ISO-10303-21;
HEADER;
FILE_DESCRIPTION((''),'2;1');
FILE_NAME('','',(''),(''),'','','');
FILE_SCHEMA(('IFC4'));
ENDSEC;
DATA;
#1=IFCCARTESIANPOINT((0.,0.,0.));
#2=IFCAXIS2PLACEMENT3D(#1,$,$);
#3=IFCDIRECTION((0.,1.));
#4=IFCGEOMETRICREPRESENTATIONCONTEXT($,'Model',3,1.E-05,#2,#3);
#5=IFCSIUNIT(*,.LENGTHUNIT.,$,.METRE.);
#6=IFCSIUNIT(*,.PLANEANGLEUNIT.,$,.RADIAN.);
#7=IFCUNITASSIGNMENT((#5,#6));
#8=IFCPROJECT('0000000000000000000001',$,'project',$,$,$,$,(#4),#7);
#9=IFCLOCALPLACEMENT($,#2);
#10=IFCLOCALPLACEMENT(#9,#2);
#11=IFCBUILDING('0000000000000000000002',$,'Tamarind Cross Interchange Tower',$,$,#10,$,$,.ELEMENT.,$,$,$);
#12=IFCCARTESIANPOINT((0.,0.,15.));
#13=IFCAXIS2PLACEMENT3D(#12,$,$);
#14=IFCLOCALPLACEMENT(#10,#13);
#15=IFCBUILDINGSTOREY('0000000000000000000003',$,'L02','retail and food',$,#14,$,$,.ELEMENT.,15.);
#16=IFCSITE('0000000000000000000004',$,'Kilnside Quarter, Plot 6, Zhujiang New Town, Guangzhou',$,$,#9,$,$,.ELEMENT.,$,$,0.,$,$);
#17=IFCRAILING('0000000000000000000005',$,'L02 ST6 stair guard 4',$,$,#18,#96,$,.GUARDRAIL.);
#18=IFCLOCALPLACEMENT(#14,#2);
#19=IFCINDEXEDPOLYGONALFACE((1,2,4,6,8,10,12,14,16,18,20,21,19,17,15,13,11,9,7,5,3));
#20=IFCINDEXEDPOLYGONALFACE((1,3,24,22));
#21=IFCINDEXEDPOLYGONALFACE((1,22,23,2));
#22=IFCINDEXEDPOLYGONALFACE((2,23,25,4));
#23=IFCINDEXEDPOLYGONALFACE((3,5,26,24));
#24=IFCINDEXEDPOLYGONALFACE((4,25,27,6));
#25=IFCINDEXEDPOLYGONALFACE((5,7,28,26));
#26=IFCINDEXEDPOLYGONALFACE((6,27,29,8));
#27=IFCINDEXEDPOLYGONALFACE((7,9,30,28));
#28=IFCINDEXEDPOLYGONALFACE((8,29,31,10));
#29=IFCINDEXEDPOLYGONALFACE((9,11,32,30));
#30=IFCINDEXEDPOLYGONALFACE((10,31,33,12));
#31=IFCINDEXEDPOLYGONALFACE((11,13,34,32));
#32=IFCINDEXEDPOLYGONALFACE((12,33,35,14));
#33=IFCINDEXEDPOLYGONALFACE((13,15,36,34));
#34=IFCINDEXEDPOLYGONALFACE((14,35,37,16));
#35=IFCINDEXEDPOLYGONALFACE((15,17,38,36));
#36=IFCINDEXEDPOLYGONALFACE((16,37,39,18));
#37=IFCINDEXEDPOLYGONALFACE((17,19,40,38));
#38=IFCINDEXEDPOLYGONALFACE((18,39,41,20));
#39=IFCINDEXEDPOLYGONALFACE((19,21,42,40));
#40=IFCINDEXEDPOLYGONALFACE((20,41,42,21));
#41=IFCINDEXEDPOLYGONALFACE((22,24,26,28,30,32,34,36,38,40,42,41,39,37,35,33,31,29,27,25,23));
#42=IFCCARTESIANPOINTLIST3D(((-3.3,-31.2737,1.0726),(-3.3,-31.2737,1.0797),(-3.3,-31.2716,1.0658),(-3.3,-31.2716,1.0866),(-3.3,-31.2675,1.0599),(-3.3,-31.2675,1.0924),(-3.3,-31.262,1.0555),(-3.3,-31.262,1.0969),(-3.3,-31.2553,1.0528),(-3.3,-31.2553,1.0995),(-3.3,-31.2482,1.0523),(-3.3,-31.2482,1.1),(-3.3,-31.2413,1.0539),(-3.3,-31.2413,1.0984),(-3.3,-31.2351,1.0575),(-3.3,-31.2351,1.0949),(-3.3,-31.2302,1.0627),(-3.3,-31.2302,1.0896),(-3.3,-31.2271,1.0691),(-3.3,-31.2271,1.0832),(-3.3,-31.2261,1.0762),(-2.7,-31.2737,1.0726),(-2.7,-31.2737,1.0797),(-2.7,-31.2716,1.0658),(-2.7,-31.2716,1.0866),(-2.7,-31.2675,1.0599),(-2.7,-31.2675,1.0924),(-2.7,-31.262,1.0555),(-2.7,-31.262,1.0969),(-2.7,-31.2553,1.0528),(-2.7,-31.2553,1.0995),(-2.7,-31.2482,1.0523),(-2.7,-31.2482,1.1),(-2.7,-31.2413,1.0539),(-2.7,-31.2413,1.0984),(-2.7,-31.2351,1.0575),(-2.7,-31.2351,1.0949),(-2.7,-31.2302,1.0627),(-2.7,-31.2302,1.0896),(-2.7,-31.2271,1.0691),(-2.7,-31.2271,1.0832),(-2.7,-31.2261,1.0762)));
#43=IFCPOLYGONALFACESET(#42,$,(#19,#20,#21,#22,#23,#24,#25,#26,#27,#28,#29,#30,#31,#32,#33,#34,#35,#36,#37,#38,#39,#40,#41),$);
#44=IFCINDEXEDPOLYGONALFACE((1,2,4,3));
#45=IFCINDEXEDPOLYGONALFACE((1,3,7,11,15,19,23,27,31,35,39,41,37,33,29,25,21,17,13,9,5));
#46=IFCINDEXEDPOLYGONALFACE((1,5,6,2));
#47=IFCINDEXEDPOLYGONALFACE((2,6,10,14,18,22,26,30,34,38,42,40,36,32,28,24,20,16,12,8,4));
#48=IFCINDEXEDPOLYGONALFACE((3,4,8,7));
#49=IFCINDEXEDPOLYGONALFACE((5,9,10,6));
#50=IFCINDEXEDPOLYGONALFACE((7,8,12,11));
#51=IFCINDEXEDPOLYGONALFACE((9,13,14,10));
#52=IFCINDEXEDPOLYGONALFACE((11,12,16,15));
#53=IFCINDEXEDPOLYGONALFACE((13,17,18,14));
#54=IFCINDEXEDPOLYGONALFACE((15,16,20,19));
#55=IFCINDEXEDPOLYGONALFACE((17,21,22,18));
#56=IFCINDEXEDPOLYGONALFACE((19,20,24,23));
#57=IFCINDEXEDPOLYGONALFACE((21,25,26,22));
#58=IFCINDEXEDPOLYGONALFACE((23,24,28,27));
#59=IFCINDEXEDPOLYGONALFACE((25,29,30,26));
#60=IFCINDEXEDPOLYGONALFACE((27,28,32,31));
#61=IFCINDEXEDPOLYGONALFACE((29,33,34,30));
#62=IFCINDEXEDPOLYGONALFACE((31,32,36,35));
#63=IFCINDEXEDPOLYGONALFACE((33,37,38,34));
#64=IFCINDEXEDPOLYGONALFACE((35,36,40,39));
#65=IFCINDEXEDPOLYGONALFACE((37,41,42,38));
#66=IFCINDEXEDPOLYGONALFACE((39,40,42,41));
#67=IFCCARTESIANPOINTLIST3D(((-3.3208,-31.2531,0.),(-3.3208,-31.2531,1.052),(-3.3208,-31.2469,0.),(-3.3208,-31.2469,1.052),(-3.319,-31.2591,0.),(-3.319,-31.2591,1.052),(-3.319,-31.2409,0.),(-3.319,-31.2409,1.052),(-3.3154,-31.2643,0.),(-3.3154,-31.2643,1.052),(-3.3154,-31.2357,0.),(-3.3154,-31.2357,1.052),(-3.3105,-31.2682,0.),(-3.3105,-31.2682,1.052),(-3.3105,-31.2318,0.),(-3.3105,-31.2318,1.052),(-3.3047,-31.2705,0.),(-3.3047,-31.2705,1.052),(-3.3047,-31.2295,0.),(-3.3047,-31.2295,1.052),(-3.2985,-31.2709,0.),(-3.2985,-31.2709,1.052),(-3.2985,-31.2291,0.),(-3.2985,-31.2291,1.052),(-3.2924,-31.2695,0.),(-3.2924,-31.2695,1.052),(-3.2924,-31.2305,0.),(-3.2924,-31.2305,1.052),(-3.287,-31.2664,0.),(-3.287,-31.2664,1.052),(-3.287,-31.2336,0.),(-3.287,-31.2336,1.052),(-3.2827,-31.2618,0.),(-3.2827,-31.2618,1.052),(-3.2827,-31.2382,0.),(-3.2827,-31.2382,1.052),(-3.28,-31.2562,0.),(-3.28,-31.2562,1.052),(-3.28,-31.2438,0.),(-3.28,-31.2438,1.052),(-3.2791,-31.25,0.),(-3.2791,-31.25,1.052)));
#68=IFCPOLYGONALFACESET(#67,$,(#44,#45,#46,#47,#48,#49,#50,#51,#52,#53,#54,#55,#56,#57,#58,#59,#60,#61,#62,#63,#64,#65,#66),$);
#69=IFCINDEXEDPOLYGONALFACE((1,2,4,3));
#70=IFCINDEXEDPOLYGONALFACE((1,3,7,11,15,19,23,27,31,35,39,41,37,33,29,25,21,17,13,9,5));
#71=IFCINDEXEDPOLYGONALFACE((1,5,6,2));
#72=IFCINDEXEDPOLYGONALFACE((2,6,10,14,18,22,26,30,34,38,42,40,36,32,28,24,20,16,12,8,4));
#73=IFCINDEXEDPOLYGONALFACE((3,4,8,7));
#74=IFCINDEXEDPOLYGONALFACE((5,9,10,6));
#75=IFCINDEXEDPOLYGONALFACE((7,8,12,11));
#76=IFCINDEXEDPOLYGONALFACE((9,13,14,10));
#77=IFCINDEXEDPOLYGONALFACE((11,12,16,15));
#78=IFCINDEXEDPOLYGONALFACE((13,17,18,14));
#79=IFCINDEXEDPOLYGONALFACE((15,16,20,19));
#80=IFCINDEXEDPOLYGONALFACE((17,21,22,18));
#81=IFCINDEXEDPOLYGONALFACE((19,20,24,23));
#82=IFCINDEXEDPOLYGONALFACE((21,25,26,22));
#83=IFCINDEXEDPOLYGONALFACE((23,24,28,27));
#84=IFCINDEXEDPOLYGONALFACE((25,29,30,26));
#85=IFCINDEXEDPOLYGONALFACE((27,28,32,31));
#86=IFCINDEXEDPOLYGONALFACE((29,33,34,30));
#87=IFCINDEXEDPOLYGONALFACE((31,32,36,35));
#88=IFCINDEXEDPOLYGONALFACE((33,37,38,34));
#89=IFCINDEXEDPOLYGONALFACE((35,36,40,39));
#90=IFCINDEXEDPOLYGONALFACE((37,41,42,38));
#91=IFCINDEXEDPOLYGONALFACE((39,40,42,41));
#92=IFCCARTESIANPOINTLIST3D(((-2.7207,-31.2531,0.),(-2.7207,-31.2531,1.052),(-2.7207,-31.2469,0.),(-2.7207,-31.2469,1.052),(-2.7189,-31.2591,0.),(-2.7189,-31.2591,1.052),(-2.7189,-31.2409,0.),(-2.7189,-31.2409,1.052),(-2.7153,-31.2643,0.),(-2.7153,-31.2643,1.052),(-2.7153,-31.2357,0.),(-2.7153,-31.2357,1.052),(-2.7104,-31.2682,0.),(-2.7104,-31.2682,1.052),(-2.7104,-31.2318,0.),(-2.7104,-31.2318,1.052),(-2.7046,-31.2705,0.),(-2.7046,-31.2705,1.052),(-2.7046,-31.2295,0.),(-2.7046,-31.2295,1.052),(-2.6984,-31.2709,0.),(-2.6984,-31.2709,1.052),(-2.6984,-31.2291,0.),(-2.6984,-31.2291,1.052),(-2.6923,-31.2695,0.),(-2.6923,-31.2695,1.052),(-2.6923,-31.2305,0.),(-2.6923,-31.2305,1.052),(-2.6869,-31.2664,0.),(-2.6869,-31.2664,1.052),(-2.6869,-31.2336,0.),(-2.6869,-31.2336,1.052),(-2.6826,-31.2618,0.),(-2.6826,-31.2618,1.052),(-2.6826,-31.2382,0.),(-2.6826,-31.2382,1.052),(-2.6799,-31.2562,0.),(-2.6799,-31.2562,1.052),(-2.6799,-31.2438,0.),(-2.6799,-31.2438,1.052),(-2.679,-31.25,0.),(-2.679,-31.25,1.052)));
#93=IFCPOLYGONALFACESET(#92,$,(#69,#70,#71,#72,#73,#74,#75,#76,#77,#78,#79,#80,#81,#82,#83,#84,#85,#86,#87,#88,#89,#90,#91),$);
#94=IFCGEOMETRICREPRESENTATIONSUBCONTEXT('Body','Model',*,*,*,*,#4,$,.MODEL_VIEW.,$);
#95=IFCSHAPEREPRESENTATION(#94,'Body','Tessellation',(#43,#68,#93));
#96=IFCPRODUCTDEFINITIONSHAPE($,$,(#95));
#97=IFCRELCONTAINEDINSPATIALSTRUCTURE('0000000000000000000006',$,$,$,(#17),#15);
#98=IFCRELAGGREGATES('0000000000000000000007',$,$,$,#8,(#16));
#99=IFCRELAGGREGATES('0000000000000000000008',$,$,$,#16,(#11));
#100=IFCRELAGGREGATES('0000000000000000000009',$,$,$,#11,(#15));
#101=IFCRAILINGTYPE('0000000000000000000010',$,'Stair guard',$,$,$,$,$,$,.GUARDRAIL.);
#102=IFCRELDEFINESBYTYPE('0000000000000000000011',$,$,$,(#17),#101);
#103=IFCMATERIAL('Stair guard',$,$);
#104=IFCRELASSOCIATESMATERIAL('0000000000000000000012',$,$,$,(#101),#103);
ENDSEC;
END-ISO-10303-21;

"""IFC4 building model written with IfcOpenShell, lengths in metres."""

from ifc_helpers import new_model, si_unit, direction, frame, origin, origin_2d, place, context, subcontext, project, spatial, circle, extrude, material, type_object, element, save


model = new_model("IFC4")

# Units and contexts
model_context = context("Model", 3, precision=1e-05, world=origin(), true_north=direction((0.0, 1.0)))
body_context = subcontext(model_context, "Body", "Model", "MODEL_VIEW")
ifc_project = project(units=[si_unit("LENGTHUNIT", "METRE"), si_unit("PLANEANGLEUNIT", "RADIAN")], contexts=[model_context])

# Site, building, storey
site_placement = place(None, origin())
site = spatial("IfcSite", under=ifc_project, at=site_placement, Name="Kilnside Quarter, Plot 6, Zhujiang New Town, Guangzhou", CompositionType="ELEMENT", RefElevation=0.0)
building_placement = place(site_placement, origin())
building = spatial("IfcBuilding", under=site, at=building_placement, Name="Tamarind Cross Interchange Tower", CompositionType="ELEMENT")
storey_placement = place(building_placement, frame((0.0, 0.0, 15.0)))
storey = spatial("IfcBuildingStorey", under=building, at=storey_placement, Name="L02", Description="retail and food", CompositionType="ELEMENT", Elevation=15.0)

# Railing
ifc_material_1 = material(Name="Stair guard")
railing_type_1 = type_object("IfcRailingType", Name="Stair guard", PredefinedType="GUARDRAIL", material=ifc_material_1)
railing_1_placement = place(storey_placement, frame((-3.3, -31.25, 0.0)))
element("IfcRailing", 1, at=railing_1_placement, inside=storey, type_object=railing_type_1, Name="L02 ST6 stair guard 4", PredefinedType="GUARDRAIL", context=body_context, shape_type="SweptSolid", body=[
    extrude(circle(Radius=0.0239, at=origin_2d()), frame((0.0, 0.0, 1.0762), z_axis=(1.0, 0.0, 0.0), x_axis=(0.0, 1.0, 0.0)), (0.0, 0.0, 1.0), 0.6001),
    extrude(circle(Radius=0.021, at=origin_2d()), origin(), (0.0, 0.0, 1.0), 1.052),
    extrude(circle(Radius=0.021, at=origin_2d()), frame((0.6001, 0.0, 0.0)), (0.0, 0.0, 1.0), 1.052),
])

save(model, "model.ifc")
